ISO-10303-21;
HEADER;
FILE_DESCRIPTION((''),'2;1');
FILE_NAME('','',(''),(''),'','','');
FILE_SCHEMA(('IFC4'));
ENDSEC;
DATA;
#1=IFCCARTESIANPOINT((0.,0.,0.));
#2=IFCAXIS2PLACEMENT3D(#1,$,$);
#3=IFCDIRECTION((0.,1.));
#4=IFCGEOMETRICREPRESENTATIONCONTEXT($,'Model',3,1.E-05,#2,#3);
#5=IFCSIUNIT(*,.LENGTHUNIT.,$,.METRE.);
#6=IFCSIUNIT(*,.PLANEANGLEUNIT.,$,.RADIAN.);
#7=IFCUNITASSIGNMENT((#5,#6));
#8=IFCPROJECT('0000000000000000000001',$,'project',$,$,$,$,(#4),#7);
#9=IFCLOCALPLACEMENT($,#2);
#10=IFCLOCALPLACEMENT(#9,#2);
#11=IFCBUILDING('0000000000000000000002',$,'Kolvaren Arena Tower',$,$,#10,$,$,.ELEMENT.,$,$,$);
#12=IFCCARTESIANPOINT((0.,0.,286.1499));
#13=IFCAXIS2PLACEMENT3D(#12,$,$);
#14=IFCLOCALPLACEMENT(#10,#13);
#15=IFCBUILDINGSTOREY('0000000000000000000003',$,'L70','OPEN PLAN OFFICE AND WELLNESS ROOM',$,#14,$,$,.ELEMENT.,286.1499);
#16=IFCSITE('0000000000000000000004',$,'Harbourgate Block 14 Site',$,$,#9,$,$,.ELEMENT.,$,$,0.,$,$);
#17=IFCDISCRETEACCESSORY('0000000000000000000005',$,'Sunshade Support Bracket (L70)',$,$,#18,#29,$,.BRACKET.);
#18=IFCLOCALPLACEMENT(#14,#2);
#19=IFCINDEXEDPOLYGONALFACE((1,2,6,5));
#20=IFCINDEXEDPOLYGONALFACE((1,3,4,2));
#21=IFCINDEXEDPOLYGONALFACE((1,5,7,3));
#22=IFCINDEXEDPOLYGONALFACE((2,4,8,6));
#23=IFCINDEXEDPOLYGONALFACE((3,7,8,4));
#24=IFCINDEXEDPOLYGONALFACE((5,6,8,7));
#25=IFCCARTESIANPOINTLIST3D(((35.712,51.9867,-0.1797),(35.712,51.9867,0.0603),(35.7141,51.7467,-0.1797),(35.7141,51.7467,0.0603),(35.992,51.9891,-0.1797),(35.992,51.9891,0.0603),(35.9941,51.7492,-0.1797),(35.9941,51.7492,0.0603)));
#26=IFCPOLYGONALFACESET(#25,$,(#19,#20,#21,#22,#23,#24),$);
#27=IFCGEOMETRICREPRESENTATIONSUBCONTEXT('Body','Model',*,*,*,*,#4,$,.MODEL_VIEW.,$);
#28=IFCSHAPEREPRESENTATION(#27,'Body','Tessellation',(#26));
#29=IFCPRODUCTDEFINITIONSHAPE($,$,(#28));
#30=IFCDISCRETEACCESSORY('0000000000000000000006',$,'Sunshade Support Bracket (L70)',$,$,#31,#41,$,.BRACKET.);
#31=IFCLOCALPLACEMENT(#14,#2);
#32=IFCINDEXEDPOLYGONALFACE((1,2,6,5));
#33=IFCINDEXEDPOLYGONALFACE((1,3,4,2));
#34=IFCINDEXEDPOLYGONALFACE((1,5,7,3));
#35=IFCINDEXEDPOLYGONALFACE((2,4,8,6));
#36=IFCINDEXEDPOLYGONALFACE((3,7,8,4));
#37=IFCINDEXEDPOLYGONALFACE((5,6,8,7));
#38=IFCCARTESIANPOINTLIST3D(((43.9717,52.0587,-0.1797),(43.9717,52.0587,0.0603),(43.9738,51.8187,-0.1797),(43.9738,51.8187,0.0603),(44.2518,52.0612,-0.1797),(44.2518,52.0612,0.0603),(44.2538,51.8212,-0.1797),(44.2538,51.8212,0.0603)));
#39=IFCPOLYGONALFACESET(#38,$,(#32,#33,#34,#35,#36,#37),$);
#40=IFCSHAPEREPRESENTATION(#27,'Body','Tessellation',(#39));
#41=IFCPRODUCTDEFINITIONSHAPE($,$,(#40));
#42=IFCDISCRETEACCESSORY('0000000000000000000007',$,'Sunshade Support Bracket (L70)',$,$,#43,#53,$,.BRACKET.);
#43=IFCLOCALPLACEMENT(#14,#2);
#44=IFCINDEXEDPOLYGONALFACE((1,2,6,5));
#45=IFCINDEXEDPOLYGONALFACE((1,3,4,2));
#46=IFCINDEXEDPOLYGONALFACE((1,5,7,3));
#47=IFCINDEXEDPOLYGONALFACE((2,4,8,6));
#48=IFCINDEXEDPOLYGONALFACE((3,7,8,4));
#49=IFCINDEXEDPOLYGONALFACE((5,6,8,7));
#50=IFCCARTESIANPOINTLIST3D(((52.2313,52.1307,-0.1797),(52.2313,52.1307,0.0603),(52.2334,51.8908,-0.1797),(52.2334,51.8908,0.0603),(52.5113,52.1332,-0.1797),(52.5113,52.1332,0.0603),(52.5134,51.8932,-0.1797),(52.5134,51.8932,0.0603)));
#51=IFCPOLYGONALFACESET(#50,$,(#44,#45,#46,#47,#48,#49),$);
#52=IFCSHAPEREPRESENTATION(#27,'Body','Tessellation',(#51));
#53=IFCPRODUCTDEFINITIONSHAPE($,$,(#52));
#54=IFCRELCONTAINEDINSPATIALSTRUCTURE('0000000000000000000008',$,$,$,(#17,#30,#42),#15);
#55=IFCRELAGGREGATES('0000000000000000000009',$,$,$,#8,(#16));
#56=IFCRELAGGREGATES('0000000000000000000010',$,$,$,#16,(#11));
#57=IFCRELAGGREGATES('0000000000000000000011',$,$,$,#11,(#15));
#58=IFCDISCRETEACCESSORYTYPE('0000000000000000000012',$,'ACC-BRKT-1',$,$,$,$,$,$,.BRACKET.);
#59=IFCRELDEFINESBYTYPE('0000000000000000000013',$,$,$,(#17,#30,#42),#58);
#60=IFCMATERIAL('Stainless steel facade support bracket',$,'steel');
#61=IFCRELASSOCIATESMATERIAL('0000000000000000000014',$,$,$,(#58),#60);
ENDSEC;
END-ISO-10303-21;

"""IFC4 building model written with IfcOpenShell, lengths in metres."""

from ifc_helpers import new_model, si_unit, direction, frame, origin, origin_2d, place, context, subcontext, project, spatial, rectangle, extrude, material, type_object, element, save


model = new_model("IFC4")

# Units and contexts
model_context = context("Model", 3, precision=1e-05, world=origin(), true_north=direction((0.0, 1.0)))
body_context = subcontext(model_context, "Body", "Model", "MODEL_VIEW")
ifc_project = project(units=[si_unit("LENGTHUNIT", "METRE"), si_unit("PLANEANGLEUNIT", "RADIAN")], contexts=[model_context])

# Site, building, storey
site_placement = place(None, origin())
site = spatial("IfcSite", under=ifc_project, at=site_placement, Name="Harbourgate Block 14 Site", CompositionType="ELEMENT", RefElevation=0.0)
building_placement = place(site_placement, origin())
building = spatial("IfcBuilding", under=site, at=building_placement, Name="Kolvaren Arena Tower", CompositionType="ELEMENT")
storey_placement = place(building_placement, frame((0.0, 0.0, 286.1499)))
storey = spatial("IfcBuildingStorey", under=building, at=storey_placement, Name="L70", Description="OPEN PLAN OFFICE AND WELLNESS ROOM", CompositionType="ELEMENT", Elevation=286.1499)

# Discrete accessories
ifc_material_1 = material(Name="Stainless steel facade support bracket", Category="steel")
discrete_accessory_type = type_object("IfcDiscreteAccessoryType", Name="ACC-BRKT-1", PredefinedType="BRACKET", material=ifc_material_1)
for number, where, z_axis, x_axis, name in (
    (1, (35.853, 51.8679, -0.1797), (0.0, 0.0, 1.0), (0.999962, 0.008727, 0.0), "Sunshade Support Bracket (L70)"),
    (2, (44.1128, 51.9399, -0.1797), (0.0, 0.0, 1.0), (0.999962, 0.008727, 0.0), "Sunshade Support Bracket (L70)"),
    (3, (52.3723, 52.012, -0.1797), (0.0, 0.0, 1.0), (0.999962, 0.008727, 0.0), "Sunshade Support Bracket (L70)"),
):
    element("IfcDiscreteAccessory", number, at=place(storey_placement, frame(where, z_axis=z_axis, x_axis=x_axis)), inside=storey, type_object=discrete_accessory_type, Name=name, PredefinedType="BRACKET", context=body_context, shape_type="SweptSolid", body=[
        extrude(rectangle(XDim=0.28, YDim=0.24, at=origin_2d()), origin(), (0.0, 0.0, 1.0), 0.24),
    ])

save(model, "model.ifc")
